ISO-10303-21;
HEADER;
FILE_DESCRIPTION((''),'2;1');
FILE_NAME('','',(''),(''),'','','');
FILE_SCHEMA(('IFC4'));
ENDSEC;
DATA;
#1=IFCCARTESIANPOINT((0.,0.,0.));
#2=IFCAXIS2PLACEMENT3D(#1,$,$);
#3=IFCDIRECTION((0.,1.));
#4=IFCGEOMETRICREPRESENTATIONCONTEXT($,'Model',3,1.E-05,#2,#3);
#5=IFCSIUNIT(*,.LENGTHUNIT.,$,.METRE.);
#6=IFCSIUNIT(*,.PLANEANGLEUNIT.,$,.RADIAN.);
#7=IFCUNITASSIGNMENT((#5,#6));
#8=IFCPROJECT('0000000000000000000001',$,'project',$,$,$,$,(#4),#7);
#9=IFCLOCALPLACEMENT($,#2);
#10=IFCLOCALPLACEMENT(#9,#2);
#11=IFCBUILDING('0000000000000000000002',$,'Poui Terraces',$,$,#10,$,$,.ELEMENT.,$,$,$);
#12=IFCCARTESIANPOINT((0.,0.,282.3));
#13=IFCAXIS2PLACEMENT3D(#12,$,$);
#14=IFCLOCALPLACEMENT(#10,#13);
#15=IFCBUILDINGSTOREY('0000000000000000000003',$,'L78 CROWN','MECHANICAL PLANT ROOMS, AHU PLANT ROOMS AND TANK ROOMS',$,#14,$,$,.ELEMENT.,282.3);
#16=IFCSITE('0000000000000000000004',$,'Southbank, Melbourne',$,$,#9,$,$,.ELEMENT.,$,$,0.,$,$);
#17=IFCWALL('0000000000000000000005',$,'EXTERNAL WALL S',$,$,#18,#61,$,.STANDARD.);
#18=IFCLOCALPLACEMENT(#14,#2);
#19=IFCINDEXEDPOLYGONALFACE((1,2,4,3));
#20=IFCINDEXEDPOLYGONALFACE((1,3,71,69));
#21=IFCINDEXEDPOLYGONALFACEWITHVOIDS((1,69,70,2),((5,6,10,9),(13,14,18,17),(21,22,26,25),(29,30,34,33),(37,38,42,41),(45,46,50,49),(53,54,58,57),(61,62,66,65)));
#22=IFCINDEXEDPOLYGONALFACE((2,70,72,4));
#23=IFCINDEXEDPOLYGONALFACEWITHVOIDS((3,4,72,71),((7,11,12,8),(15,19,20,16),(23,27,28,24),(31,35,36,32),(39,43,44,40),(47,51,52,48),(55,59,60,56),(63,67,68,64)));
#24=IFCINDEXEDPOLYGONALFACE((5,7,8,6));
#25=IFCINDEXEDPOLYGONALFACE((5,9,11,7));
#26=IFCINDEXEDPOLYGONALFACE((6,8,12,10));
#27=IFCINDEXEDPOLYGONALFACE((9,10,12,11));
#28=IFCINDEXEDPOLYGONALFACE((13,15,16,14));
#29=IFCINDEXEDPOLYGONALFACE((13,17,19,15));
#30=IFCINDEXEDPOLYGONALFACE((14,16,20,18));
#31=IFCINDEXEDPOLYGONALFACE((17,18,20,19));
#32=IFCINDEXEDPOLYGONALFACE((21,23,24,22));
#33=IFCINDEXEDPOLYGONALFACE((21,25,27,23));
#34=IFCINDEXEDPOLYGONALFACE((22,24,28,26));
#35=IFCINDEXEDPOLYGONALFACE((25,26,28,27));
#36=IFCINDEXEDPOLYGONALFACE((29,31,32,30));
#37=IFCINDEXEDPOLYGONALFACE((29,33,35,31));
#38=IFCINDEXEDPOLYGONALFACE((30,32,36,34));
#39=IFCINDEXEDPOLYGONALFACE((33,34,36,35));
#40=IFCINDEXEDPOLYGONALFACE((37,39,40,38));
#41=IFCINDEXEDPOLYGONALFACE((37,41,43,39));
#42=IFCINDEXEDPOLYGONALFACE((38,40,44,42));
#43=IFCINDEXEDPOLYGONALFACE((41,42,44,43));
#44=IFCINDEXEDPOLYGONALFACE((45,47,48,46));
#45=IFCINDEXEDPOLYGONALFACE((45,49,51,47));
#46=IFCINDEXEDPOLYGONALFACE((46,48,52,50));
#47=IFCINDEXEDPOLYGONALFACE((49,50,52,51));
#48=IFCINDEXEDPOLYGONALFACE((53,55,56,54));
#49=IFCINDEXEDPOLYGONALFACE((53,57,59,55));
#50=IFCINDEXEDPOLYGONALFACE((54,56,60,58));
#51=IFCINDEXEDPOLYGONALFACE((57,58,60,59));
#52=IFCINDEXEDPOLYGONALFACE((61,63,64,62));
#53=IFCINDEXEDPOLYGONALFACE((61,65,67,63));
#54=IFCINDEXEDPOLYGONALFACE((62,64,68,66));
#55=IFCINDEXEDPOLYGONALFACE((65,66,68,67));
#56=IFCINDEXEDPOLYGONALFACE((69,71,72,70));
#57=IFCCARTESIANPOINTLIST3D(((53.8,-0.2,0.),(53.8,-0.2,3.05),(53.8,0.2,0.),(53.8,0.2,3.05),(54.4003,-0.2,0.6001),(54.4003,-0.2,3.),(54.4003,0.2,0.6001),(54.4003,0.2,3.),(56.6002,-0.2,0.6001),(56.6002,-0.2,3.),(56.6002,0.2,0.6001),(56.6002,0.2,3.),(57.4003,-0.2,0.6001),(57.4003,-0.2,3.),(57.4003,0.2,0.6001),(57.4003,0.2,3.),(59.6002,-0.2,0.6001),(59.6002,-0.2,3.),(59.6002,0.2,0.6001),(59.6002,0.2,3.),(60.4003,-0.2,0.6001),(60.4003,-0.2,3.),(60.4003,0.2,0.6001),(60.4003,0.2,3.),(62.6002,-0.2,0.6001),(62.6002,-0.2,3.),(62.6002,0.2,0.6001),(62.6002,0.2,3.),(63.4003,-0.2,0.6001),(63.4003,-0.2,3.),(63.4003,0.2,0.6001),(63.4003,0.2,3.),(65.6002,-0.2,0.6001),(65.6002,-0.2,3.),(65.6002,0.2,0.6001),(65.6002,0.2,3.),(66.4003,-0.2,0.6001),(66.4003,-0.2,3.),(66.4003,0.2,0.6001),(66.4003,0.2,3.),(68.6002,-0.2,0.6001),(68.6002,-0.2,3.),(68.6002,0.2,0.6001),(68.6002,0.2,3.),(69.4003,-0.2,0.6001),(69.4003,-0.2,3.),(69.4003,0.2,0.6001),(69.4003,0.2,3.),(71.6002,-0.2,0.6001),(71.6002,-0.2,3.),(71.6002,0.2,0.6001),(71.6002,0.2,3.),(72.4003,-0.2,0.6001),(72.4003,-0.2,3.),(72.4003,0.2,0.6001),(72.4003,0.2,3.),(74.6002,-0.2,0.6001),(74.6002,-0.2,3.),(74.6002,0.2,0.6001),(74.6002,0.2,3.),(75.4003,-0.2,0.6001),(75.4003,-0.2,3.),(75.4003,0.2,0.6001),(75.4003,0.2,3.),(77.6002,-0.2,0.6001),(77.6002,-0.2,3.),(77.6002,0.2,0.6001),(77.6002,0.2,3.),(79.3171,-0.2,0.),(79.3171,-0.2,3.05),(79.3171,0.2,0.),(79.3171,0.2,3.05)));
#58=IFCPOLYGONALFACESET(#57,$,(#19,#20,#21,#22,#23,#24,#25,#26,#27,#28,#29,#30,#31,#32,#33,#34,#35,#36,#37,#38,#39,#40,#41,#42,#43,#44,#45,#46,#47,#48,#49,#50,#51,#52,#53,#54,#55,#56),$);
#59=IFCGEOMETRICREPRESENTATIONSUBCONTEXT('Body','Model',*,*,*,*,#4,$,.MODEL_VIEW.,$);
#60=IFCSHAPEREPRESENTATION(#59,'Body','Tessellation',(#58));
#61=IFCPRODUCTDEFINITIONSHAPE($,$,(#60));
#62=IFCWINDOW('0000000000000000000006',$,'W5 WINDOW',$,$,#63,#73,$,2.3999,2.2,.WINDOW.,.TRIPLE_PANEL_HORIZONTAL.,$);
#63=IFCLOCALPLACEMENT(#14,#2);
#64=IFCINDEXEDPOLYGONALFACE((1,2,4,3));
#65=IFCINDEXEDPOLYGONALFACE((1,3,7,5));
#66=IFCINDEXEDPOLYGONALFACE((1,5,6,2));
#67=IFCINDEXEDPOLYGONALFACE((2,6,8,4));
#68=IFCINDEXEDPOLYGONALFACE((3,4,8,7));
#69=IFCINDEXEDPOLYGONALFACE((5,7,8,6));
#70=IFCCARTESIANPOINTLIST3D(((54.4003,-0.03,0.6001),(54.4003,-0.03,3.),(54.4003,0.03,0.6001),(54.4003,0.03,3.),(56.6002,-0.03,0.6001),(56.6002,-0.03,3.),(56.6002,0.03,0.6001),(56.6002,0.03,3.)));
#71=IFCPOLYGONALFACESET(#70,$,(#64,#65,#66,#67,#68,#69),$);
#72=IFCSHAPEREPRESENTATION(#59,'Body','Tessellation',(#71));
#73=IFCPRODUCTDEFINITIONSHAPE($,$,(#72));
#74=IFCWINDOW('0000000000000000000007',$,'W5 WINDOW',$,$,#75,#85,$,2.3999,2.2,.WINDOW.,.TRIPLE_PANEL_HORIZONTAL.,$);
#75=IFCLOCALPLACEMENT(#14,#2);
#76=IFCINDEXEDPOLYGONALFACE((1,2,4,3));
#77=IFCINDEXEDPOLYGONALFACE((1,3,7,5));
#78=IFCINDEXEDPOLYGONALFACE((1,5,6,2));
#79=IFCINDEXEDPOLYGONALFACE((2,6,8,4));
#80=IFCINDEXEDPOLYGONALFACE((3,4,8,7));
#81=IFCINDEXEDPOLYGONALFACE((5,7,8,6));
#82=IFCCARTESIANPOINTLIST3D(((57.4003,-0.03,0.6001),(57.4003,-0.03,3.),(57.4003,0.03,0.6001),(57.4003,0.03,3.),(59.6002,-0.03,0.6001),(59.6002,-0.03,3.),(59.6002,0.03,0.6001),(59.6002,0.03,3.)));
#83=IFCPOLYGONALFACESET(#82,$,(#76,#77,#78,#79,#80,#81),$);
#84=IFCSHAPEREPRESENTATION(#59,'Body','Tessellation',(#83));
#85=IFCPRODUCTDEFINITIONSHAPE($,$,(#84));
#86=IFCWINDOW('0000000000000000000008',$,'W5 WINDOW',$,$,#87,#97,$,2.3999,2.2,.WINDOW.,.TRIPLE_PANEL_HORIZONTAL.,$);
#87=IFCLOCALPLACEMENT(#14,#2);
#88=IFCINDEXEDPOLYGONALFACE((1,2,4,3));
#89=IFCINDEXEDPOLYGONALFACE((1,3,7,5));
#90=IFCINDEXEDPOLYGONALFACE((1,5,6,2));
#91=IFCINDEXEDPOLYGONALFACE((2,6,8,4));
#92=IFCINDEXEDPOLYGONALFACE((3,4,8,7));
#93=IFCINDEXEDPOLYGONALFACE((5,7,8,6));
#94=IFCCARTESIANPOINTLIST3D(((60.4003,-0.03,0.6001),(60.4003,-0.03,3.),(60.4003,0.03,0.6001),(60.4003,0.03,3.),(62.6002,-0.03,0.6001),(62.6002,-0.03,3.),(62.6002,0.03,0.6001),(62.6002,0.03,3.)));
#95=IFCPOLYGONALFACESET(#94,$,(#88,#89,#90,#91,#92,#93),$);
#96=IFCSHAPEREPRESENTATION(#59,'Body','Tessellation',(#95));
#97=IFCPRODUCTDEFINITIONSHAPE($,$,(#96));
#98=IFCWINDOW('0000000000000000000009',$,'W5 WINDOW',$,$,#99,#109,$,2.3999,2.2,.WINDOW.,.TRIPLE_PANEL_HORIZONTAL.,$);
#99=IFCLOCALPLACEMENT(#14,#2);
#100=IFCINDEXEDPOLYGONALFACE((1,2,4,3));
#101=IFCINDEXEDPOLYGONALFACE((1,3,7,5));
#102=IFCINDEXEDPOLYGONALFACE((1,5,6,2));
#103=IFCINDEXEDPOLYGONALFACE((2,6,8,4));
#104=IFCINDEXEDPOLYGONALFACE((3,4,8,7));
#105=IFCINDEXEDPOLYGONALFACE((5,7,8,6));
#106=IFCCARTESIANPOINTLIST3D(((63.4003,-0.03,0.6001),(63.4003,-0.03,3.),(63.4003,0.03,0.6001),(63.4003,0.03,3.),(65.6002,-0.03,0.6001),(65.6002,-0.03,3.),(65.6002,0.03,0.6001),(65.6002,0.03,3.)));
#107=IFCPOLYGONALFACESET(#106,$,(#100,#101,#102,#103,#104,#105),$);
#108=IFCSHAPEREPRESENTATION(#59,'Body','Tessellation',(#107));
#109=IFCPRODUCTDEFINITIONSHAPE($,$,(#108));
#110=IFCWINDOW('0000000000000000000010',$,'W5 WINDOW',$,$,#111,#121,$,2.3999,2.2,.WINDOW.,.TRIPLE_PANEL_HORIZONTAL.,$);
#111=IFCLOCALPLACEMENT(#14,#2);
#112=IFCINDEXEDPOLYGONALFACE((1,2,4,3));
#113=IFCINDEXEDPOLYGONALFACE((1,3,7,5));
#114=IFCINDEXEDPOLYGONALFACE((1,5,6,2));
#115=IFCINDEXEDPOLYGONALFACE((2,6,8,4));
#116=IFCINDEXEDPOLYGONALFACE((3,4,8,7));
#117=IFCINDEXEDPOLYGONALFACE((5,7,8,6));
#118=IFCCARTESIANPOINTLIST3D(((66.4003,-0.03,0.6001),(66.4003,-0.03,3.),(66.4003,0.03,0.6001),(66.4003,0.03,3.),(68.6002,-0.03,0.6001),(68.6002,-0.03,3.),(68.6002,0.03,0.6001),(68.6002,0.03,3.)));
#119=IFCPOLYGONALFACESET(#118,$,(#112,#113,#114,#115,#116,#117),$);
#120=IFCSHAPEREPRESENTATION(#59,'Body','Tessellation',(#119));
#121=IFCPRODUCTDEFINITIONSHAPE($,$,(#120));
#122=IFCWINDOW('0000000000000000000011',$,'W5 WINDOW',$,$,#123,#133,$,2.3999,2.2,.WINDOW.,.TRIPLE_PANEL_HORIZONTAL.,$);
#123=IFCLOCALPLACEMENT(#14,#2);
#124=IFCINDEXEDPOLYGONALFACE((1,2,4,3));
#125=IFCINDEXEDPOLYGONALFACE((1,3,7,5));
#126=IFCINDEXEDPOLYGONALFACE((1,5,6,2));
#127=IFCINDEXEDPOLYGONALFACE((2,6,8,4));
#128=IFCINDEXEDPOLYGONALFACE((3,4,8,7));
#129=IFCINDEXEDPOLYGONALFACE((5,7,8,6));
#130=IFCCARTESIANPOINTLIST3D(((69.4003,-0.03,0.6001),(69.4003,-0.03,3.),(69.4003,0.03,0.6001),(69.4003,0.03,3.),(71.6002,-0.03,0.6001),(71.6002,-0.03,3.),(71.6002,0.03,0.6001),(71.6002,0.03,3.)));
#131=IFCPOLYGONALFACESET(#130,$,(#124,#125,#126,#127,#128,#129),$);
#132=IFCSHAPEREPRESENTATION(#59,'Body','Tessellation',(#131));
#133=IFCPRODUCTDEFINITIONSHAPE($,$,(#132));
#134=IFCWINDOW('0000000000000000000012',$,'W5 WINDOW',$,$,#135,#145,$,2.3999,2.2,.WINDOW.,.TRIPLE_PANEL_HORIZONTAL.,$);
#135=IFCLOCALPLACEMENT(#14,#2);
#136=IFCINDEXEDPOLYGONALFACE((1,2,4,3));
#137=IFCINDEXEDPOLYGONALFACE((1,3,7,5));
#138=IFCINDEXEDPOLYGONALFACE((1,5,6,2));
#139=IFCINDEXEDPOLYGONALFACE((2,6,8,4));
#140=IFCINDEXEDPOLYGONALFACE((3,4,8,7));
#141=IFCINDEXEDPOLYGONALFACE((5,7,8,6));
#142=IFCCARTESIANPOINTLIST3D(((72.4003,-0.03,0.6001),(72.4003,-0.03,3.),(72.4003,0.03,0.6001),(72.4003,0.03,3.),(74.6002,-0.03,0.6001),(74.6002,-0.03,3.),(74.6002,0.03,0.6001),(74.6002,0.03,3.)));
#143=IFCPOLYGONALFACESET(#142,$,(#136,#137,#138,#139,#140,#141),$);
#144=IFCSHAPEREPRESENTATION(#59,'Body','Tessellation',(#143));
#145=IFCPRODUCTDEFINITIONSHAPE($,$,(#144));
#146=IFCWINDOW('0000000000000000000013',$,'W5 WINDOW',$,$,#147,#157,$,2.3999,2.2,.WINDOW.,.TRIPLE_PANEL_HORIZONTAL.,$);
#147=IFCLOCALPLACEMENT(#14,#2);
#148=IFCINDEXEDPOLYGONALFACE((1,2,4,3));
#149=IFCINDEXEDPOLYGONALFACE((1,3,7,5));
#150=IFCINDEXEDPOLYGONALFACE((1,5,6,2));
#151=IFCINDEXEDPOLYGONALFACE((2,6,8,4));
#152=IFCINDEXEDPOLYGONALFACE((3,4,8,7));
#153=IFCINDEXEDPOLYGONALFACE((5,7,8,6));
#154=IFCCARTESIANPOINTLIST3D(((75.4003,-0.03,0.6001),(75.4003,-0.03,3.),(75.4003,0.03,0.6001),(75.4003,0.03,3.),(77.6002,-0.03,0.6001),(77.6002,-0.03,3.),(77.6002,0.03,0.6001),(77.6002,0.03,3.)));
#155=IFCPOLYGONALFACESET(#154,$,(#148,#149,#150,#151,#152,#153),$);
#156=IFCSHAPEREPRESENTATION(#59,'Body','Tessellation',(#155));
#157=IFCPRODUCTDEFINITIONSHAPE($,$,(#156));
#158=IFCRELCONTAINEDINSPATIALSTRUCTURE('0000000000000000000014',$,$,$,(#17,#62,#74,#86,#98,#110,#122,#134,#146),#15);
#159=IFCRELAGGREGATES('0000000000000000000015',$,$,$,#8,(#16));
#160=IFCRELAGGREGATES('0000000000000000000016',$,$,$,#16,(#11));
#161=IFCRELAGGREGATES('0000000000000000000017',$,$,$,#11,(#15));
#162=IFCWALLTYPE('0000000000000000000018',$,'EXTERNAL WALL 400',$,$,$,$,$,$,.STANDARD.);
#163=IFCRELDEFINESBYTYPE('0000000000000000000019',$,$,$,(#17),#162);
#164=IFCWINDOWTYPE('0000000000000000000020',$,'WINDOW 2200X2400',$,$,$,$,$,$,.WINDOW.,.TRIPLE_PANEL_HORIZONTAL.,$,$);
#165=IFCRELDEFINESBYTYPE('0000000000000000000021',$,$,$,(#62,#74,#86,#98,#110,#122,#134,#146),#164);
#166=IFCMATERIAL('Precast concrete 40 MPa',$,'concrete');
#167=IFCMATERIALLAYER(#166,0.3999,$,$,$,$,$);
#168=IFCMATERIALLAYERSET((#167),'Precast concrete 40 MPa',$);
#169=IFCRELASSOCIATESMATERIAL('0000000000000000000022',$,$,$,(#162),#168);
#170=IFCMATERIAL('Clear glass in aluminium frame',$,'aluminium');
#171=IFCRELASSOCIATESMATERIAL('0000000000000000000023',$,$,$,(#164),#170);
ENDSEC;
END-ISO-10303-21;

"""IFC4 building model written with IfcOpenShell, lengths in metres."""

from ifc_helpers import new_model, si_unit, direction, frame, frame_2d, origin, place, context, subcontext, project, spatial, rectangle, extrude, material, layer, layer_set, type_object, element, fill, save


model = new_model("IFC4")

# Units and contexts
model_context = context("Model", 3, precision=1e-05, world=origin(), true_north=direction((0.0, 1.0)))
body_context = subcontext(model_context, "Body", "Model", "MODEL_VIEW")
ifc_project = project(units=[si_unit("LENGTHUNIT", "METRE"), si_unit("PLANEANGLEUNIT", "RADIAN")], contexts=[model_context])

# Site, building, storey
site_placement = place(None, origin())
site = spatial("IfcSite", under=ifc_project, at=site_placement, Name="Southbank, Melbourne", CompositionType="ELEMENT", RefElevation=0.0)
building_placement = place(site_placement, origin())
building = spatial("IfcBuilding", under=site, at=building_placement, Name="Poui Terraces", CompositionType="ELEMENT")
storey_placement = place(building_placement, frame((0.0, 0.0, 282.3)))
storey = spatial("IfcBuildingStorey", under=building, at=storey_placement, Name="L78 CROWN", Description="MECHANICAL PLANT ROOMS, AHU PLANT ROOMS AND TANK ROOMS", CompositionType="ELEMENT", Elevation=282.3)

# Wall, openings, windows
ifc_material_1 = material(Name="Precast concrete 40 MPa", Category="concrete")
ifc_layer_1 = layer(ifc_material_1, 0.3999)
ifc_layer_set_1 = layer_set([ifc_layer_1], Name="Precast concrete 40 MPa")
wall_type_1 = type_object("IfcWallType", Name="EXTERNAL WALL 400", PredefinedType="STANDARD", material=ifc_layer_set_1)
wall_1_placement = place(storey_placement, frame((53.8, 0.0, 0.0), z_axis=(0.0, 0.0, 1.0), x_axis=(1.0, 0.0, 0.0)))
wall_1 = element("IfcWall", 1, at=wall_1_placement, inside=storey, type_object=wall_type_1, Name="EXTERNAL WALL S", PredefinedType="STANDARD", context=body_context, shape_type="SweptSolid", body=[
    extrude(rectangle(XDim=25.5171, YDim=0.3999, at=frame_2d((12.7585, 0.0))), origin(), (0.0, 0.0, 1.0), 3.05),
])
opening_1_placement = place(wall_1_placement, frame((0.6001, 0.0, 0.6001)))
opening_1 = element("IfcOpeningElement", 2, at=opening_1_placement, cuts=wall_1, PredefinedType="OPENING", context=body_context, shape_type="SweptSolid", body=[
    extrude(rectangle(XDim=2.2, YDim=2.3999, at=frame_2d((1.1001, 1.2))), frame((0.0, 0.21, 0.0), z_axis=(0.0, -1.0, 0.0), x_axis=(1.0, 0.0, 0.0)), (0.0, 0.0, 1.0), 0.4199),
])
opening_2_placement = place(wall_1_placement, frame((3.6001, 0.0, 0.6001)))
opening_2 = element("IfcOpeningElement", 3, at=opening_2_placement, cuts=wall_1, PredefinedType="OPENING", context=body_context, shape_type="SweptSolid", body=[
    extrude(rectangle(XDim=2.2, YDim=2.3999, at=frame_2d((1.1001, 1.2))), frame((0.0, 0.21, 0.0), z_axis=(0.0, -1.0, 0.0), x_axis=(1.0, 0.0, 0.0)), (0.0, 0.0, 1.0), 0.4199),
])
opening_3_placement = place(wall_1_placement, frame((6.6001, 0.0, 0.6001)))
opening_3 = element("IfcOpeningElement", 4, at=opening_3_placement, cuts=wall_1, PredefinedType="OPENING", context=body_context, shape_type="SweptSolid", body=[
    extrude(rectangle(XDim=2.2, YDim=2.3999, at=frame_2d((1.1001, 1.2))), frame((0.0, 0.21, 0.0), z_axis=(0.0, -1.0, 0.0), x_axis=(1.0, 0.0, 0.0)), (0.0, 0.0, 1.0), 0.4199),
])
opening_4_placement = place(wall_1_placement, frame((9.6001, 0.0, 0.6001)))
opening_4 = element("IfcOpeningElement", 5, at=opening_4_placement, cuts=wall_1, PredefinedType="OPENING", context=body_context, shape_type="SweptSolid", body=[
    extrude(rectangle(XDim=2.2, YDim=2.3999, at=frame_2d((1.1001, 1.2))), frame((0.0, 0.21, 0.0), z_axis=(0.0, -1.0, 0.0), x_axis=(1.0, 0.0, 0.0)), (0.0, 0.0, 1.0), 0.4199),
])
opening_5_placement = place(wall_1_placement, frame((12.6001, 0.0, 0.6001)))
opening_5 = element("IfcOpeningElement", 6, at=opening_5_placement, cuts=wall_1, PredefinedType="OPENING", context=body_context, shape_type="SweptSolid", body=[
    extrude(rectangle(XDim=2.2, YDim=2.3999, at=frame_2d((1.1001, 1.2))), frame((0.0, 0.21, 0.0), z_axis=(0.0, -1.0, 0.0), x_axis=(1.0, 0.0, 0.0)), (0.0, 0.0, 1.0), 0.4199),
])
opening_6_placement = place(wall_1_placement, frame((15.6001, 0.0, 0.6001)))
opening_6 = element("IfcOpeningElement", 7, at=opening_6_placement, cuts=wall_1, PredefinedType="OPENING", context=body_context, shape_type="SweptSolid", body=[
    extrude(rectangle(XDim=2.2, YDim=2.3999, at=frame_2d((1.1001, 1.2))), frame((0.0, 0.21, 0.0), z_axis=(0.0, -1.0, 0.0), x_axis=(1.0, 0.0, 0.0)), (0.0, 0.0, 1.0), 0.4199),
])
opening_7_placement = place(wall_1_placement, frame((18.6001, 0.0, 0.6001)))
opening_7 = element("IfcOpeningElement", 8, at=opening_7_placement, cuts=wall_1, PredefinedType="OPENING", context=body_context, shape_type="SweptSolid", body=[
    extrude(rectangle(XDim=2.2, YDim=2.3999, at=frame_2d((1.1001, 1.2))), frame((0.0, 0.21, 0.0), z_axis=(0.0, -1.0, 0.0), x_axis=(1.0, 0.0, 0.0)), (0.0, 0.0, 1.0), 0.4199),
])
opening_8_placement = place(wall_1_placement, frame((21.6001, 0.0, 0.6001)))
opening_8 = element("IfcOpeningElement", 9, at=opening_8_placement, cuts=wall_1, PredefinedType="OPENING", context=body_context, shape_type="SweptSolid", body=[
    extrude(rectangle(XDim=2.2, YDim=2.3999, at=frame_2d((1.1001, 1.2))), frame((0.0, 0.21, 0.0), z_axis=(0.0, -1.0, 0.0), x_axis=(1.0, 0.0, 0.0)), (0.0, 0.0, 1.0), 0.4199),
])
ifc_material_2 = material(Name="Clear glass in aluminium frame", Category="aluminium")
window_type = type_object("IfcWindowType", Name="WINDOW 2200X2400", PartitioningType="TRIPLE_PANEL_HORIZONTAL", PredefinedType="WINDOW", material=ifc_material_2)
window_1_placement = place(opening_1_placement, origin())
window_1 = element("IfcWindow", 10, at=window_1_placement, inside=storey, type_object=window_type, Name="W5 WINDOW", OverallHeight=2.3999, OverallWidth=2.2, PartitioningType="TRIPLE_PANEL_HORIZONTAL", PredefinedType="WINDOW", context=body_context, shape_type="SweptSolid", body=[
    extrude(rectangle(XDim=2.2, YDim=2.3999, at=frame_2d((1.1001, 1.2))), frame((0.0, 0.03, 0.0), z_axis=(0.0, -1.0, 0.0), x_axis=(1.0, 0.0, 0.0)), (0.0, 0.0, 1.0), 0.0601),
])
fill(opening_1, window_1)
window_2_placement = place(opening_2_placement, origin())
window_2 = element("IfcWindow", 11, at=window_2_placement, inside=storey, type_object=window_type, Name="W5 WINDOW", OverallHeight=2.3999, OverallWidth=2.2, PartitioningType="TRIPLE_PANEL_HORIZONTAL", PredefinedType="WINDOW", context=body_context, shape_type="SweptSolid", body=[
    extrude(rectangle(XDim=2.2, YDim=2.3999, at=frame_2d((1.1001, 1.2))), frame((0.0, 0.03, 0.0), z_axis=(0.0, -1.0, 0.0), x_axis=(1.0, 0.0, 0.0)), (0.0, 0.0, 1.0), 0.0601),
])
fill(opening_2, window_2)
window_3_placement = place(opening_3_placement, origin())
window_3 = element("IfcWindow", 12, at=window_3_placement, inside=storey, type_object=window_type, Name="W5 WINDOW", OverallHeight=2.3999, OverallWidth=2.2, PartitioningType="TRIPLE_PANEL_HORIZONTAL", PredefinedType="WINDOW", context=body_context, shape_type="SweptSolid", body=[
    extrude(rectangle(XDim=2.2, YDim=2.3999, at=frame_2d((1.1001, 1.2))), frame((0.0, 0.03, 0.0), z_axis=(0.0, -1.0, 0.0), x_axis=(1.0, 0.0, 0.0)), (0.0, 0.0, 1.0), 0.0601),
])
fill(opening_3, window_3)
window_4_placement = place(opening_4_placement, origin())
window_4 = element("IfcWindow", 13, at=window_4_placement, inside=storey, type_object=window_type, Name="W5 WINDOW", OverallHeight=2.3999, OverallWidth=2.2, PartitioningType="TRIPLE_PANEL_HORIZONTAL", PredefinedType="WINDOW", context=body_context, shape_type="SweptSolid", body=[
    extrude(rectangle(XDim=2.2, YDim=2.3999, at=frame_2d((1.1001, 1.2))), frame((0.0, 0.03, 0.0), z_axis=(0.0, -1.0, 0.0), x_axis=(1.0, 0.0, 0.0)), (0.0, 0.0, 1.0), 0.0601),
])
fill(opening_4, window_4)
window_5_placement = place(opening_5_placement, origin())
window_5 = element("IfcWindow", 14, at=window_5_placement, inside=storey, type_object=window_type, Name="W5 WINDOW", OverallHeight=2.3999, OverallWidth=2.2, PartitioningType="TRIPLE_PANEL_HORIZONTAL", PredefinedType="WINDOW", context=body_context, shape_type="SweptSolid", body=[
    extrude(rectangle(XDim=2.2, YDim=2.3999, at=frame_2d((1.1001, 1.2))), frame((0.0, 0.03, 0.0), z_axis=(0.0, -1.0, 0.0), x_axis=(1.0, 0.0, 0.0)), (0.0, 0.0, 1.0), 0.0601),
])
fill(opening_5, window_5)
window_6_placement = place(opening_6_placement, origin())
window_6 = element("IfcWindow", 15, at=window_6_placement, inside=storey, type_object=window_type, Name="W5 WINDOW", OverallHeight=2.3999, OverallWidth=2.2, PartitioningType="TRIPLE_PANEL_HORIZONTAL", PredefinedType="WINDOW", context=body_context, shape_type="SweptSolid", body=[
    extrude(rectangle(XDim=2.2, YDim=2.3999, at=frame_2d((1.1001, 1.2))), frame((0.0, 0.03, 0.0), z_axis=(0.0, -1.0, 0.0), x_axis=(1.0, 0.0, 0.0)), (0.0, 0.0, 1.0), 0.0601),
])
fill(opening_6, window_6)
window_7_placement = place(opening_7_placement, origin())
window_7 = element("IfcWindow", 16, at=window_7_placement, inside=storey, type_object=window_type, Name="W5 WINDOW", OverallHeight=2.3999, OverallWidth=2.2, PartitioningType="TRIPLE_PANEL_HORIZONTAL", PredefinedType="WINDOW", context=body_context, shape_type="SweptSolid", body=[
    extrude(rectangle(XDim=2.2, YDim=2.3999, at=frame_2d((1.1001, 1.2))), frame((0.0, 0.03, 0.0), z_axis=(0.0, -1.0, 0.0), x_axis=(1.0, 0.0, 0.0)), (0.0, 0.0, 1.0), 0.0601),
])
fill(opening_7, window_7)
window_8_placement = place(opening_8_placement, origin())
window_8 = element("IfcWindow", 17, at=window_8_placement, inside=storey, type_object=window_type, Name="W5 WINDOW", OverallHeight=2.3999, OverallWidth=2.2, PartitioningType="TRIPLE_PANEL_HORIZONTAL", PredefinedType="WINDOW", context=body_context, shape_type="SweptSolid", body=[
    extrude(rectangle(XDim=2.2, YDim=2.3999, at=frame_2d((1.1001, 1.2))), frame((0.0, 0.03, 0.0), z_axis=(0.0, -1.0, 0.0), x_axis=(1.0, 0.0, 0.0)), (0.0, 0.0, 1.0), 0.0601),
])
fill(opening_8, window_8)

save(model, "model.ifc")
